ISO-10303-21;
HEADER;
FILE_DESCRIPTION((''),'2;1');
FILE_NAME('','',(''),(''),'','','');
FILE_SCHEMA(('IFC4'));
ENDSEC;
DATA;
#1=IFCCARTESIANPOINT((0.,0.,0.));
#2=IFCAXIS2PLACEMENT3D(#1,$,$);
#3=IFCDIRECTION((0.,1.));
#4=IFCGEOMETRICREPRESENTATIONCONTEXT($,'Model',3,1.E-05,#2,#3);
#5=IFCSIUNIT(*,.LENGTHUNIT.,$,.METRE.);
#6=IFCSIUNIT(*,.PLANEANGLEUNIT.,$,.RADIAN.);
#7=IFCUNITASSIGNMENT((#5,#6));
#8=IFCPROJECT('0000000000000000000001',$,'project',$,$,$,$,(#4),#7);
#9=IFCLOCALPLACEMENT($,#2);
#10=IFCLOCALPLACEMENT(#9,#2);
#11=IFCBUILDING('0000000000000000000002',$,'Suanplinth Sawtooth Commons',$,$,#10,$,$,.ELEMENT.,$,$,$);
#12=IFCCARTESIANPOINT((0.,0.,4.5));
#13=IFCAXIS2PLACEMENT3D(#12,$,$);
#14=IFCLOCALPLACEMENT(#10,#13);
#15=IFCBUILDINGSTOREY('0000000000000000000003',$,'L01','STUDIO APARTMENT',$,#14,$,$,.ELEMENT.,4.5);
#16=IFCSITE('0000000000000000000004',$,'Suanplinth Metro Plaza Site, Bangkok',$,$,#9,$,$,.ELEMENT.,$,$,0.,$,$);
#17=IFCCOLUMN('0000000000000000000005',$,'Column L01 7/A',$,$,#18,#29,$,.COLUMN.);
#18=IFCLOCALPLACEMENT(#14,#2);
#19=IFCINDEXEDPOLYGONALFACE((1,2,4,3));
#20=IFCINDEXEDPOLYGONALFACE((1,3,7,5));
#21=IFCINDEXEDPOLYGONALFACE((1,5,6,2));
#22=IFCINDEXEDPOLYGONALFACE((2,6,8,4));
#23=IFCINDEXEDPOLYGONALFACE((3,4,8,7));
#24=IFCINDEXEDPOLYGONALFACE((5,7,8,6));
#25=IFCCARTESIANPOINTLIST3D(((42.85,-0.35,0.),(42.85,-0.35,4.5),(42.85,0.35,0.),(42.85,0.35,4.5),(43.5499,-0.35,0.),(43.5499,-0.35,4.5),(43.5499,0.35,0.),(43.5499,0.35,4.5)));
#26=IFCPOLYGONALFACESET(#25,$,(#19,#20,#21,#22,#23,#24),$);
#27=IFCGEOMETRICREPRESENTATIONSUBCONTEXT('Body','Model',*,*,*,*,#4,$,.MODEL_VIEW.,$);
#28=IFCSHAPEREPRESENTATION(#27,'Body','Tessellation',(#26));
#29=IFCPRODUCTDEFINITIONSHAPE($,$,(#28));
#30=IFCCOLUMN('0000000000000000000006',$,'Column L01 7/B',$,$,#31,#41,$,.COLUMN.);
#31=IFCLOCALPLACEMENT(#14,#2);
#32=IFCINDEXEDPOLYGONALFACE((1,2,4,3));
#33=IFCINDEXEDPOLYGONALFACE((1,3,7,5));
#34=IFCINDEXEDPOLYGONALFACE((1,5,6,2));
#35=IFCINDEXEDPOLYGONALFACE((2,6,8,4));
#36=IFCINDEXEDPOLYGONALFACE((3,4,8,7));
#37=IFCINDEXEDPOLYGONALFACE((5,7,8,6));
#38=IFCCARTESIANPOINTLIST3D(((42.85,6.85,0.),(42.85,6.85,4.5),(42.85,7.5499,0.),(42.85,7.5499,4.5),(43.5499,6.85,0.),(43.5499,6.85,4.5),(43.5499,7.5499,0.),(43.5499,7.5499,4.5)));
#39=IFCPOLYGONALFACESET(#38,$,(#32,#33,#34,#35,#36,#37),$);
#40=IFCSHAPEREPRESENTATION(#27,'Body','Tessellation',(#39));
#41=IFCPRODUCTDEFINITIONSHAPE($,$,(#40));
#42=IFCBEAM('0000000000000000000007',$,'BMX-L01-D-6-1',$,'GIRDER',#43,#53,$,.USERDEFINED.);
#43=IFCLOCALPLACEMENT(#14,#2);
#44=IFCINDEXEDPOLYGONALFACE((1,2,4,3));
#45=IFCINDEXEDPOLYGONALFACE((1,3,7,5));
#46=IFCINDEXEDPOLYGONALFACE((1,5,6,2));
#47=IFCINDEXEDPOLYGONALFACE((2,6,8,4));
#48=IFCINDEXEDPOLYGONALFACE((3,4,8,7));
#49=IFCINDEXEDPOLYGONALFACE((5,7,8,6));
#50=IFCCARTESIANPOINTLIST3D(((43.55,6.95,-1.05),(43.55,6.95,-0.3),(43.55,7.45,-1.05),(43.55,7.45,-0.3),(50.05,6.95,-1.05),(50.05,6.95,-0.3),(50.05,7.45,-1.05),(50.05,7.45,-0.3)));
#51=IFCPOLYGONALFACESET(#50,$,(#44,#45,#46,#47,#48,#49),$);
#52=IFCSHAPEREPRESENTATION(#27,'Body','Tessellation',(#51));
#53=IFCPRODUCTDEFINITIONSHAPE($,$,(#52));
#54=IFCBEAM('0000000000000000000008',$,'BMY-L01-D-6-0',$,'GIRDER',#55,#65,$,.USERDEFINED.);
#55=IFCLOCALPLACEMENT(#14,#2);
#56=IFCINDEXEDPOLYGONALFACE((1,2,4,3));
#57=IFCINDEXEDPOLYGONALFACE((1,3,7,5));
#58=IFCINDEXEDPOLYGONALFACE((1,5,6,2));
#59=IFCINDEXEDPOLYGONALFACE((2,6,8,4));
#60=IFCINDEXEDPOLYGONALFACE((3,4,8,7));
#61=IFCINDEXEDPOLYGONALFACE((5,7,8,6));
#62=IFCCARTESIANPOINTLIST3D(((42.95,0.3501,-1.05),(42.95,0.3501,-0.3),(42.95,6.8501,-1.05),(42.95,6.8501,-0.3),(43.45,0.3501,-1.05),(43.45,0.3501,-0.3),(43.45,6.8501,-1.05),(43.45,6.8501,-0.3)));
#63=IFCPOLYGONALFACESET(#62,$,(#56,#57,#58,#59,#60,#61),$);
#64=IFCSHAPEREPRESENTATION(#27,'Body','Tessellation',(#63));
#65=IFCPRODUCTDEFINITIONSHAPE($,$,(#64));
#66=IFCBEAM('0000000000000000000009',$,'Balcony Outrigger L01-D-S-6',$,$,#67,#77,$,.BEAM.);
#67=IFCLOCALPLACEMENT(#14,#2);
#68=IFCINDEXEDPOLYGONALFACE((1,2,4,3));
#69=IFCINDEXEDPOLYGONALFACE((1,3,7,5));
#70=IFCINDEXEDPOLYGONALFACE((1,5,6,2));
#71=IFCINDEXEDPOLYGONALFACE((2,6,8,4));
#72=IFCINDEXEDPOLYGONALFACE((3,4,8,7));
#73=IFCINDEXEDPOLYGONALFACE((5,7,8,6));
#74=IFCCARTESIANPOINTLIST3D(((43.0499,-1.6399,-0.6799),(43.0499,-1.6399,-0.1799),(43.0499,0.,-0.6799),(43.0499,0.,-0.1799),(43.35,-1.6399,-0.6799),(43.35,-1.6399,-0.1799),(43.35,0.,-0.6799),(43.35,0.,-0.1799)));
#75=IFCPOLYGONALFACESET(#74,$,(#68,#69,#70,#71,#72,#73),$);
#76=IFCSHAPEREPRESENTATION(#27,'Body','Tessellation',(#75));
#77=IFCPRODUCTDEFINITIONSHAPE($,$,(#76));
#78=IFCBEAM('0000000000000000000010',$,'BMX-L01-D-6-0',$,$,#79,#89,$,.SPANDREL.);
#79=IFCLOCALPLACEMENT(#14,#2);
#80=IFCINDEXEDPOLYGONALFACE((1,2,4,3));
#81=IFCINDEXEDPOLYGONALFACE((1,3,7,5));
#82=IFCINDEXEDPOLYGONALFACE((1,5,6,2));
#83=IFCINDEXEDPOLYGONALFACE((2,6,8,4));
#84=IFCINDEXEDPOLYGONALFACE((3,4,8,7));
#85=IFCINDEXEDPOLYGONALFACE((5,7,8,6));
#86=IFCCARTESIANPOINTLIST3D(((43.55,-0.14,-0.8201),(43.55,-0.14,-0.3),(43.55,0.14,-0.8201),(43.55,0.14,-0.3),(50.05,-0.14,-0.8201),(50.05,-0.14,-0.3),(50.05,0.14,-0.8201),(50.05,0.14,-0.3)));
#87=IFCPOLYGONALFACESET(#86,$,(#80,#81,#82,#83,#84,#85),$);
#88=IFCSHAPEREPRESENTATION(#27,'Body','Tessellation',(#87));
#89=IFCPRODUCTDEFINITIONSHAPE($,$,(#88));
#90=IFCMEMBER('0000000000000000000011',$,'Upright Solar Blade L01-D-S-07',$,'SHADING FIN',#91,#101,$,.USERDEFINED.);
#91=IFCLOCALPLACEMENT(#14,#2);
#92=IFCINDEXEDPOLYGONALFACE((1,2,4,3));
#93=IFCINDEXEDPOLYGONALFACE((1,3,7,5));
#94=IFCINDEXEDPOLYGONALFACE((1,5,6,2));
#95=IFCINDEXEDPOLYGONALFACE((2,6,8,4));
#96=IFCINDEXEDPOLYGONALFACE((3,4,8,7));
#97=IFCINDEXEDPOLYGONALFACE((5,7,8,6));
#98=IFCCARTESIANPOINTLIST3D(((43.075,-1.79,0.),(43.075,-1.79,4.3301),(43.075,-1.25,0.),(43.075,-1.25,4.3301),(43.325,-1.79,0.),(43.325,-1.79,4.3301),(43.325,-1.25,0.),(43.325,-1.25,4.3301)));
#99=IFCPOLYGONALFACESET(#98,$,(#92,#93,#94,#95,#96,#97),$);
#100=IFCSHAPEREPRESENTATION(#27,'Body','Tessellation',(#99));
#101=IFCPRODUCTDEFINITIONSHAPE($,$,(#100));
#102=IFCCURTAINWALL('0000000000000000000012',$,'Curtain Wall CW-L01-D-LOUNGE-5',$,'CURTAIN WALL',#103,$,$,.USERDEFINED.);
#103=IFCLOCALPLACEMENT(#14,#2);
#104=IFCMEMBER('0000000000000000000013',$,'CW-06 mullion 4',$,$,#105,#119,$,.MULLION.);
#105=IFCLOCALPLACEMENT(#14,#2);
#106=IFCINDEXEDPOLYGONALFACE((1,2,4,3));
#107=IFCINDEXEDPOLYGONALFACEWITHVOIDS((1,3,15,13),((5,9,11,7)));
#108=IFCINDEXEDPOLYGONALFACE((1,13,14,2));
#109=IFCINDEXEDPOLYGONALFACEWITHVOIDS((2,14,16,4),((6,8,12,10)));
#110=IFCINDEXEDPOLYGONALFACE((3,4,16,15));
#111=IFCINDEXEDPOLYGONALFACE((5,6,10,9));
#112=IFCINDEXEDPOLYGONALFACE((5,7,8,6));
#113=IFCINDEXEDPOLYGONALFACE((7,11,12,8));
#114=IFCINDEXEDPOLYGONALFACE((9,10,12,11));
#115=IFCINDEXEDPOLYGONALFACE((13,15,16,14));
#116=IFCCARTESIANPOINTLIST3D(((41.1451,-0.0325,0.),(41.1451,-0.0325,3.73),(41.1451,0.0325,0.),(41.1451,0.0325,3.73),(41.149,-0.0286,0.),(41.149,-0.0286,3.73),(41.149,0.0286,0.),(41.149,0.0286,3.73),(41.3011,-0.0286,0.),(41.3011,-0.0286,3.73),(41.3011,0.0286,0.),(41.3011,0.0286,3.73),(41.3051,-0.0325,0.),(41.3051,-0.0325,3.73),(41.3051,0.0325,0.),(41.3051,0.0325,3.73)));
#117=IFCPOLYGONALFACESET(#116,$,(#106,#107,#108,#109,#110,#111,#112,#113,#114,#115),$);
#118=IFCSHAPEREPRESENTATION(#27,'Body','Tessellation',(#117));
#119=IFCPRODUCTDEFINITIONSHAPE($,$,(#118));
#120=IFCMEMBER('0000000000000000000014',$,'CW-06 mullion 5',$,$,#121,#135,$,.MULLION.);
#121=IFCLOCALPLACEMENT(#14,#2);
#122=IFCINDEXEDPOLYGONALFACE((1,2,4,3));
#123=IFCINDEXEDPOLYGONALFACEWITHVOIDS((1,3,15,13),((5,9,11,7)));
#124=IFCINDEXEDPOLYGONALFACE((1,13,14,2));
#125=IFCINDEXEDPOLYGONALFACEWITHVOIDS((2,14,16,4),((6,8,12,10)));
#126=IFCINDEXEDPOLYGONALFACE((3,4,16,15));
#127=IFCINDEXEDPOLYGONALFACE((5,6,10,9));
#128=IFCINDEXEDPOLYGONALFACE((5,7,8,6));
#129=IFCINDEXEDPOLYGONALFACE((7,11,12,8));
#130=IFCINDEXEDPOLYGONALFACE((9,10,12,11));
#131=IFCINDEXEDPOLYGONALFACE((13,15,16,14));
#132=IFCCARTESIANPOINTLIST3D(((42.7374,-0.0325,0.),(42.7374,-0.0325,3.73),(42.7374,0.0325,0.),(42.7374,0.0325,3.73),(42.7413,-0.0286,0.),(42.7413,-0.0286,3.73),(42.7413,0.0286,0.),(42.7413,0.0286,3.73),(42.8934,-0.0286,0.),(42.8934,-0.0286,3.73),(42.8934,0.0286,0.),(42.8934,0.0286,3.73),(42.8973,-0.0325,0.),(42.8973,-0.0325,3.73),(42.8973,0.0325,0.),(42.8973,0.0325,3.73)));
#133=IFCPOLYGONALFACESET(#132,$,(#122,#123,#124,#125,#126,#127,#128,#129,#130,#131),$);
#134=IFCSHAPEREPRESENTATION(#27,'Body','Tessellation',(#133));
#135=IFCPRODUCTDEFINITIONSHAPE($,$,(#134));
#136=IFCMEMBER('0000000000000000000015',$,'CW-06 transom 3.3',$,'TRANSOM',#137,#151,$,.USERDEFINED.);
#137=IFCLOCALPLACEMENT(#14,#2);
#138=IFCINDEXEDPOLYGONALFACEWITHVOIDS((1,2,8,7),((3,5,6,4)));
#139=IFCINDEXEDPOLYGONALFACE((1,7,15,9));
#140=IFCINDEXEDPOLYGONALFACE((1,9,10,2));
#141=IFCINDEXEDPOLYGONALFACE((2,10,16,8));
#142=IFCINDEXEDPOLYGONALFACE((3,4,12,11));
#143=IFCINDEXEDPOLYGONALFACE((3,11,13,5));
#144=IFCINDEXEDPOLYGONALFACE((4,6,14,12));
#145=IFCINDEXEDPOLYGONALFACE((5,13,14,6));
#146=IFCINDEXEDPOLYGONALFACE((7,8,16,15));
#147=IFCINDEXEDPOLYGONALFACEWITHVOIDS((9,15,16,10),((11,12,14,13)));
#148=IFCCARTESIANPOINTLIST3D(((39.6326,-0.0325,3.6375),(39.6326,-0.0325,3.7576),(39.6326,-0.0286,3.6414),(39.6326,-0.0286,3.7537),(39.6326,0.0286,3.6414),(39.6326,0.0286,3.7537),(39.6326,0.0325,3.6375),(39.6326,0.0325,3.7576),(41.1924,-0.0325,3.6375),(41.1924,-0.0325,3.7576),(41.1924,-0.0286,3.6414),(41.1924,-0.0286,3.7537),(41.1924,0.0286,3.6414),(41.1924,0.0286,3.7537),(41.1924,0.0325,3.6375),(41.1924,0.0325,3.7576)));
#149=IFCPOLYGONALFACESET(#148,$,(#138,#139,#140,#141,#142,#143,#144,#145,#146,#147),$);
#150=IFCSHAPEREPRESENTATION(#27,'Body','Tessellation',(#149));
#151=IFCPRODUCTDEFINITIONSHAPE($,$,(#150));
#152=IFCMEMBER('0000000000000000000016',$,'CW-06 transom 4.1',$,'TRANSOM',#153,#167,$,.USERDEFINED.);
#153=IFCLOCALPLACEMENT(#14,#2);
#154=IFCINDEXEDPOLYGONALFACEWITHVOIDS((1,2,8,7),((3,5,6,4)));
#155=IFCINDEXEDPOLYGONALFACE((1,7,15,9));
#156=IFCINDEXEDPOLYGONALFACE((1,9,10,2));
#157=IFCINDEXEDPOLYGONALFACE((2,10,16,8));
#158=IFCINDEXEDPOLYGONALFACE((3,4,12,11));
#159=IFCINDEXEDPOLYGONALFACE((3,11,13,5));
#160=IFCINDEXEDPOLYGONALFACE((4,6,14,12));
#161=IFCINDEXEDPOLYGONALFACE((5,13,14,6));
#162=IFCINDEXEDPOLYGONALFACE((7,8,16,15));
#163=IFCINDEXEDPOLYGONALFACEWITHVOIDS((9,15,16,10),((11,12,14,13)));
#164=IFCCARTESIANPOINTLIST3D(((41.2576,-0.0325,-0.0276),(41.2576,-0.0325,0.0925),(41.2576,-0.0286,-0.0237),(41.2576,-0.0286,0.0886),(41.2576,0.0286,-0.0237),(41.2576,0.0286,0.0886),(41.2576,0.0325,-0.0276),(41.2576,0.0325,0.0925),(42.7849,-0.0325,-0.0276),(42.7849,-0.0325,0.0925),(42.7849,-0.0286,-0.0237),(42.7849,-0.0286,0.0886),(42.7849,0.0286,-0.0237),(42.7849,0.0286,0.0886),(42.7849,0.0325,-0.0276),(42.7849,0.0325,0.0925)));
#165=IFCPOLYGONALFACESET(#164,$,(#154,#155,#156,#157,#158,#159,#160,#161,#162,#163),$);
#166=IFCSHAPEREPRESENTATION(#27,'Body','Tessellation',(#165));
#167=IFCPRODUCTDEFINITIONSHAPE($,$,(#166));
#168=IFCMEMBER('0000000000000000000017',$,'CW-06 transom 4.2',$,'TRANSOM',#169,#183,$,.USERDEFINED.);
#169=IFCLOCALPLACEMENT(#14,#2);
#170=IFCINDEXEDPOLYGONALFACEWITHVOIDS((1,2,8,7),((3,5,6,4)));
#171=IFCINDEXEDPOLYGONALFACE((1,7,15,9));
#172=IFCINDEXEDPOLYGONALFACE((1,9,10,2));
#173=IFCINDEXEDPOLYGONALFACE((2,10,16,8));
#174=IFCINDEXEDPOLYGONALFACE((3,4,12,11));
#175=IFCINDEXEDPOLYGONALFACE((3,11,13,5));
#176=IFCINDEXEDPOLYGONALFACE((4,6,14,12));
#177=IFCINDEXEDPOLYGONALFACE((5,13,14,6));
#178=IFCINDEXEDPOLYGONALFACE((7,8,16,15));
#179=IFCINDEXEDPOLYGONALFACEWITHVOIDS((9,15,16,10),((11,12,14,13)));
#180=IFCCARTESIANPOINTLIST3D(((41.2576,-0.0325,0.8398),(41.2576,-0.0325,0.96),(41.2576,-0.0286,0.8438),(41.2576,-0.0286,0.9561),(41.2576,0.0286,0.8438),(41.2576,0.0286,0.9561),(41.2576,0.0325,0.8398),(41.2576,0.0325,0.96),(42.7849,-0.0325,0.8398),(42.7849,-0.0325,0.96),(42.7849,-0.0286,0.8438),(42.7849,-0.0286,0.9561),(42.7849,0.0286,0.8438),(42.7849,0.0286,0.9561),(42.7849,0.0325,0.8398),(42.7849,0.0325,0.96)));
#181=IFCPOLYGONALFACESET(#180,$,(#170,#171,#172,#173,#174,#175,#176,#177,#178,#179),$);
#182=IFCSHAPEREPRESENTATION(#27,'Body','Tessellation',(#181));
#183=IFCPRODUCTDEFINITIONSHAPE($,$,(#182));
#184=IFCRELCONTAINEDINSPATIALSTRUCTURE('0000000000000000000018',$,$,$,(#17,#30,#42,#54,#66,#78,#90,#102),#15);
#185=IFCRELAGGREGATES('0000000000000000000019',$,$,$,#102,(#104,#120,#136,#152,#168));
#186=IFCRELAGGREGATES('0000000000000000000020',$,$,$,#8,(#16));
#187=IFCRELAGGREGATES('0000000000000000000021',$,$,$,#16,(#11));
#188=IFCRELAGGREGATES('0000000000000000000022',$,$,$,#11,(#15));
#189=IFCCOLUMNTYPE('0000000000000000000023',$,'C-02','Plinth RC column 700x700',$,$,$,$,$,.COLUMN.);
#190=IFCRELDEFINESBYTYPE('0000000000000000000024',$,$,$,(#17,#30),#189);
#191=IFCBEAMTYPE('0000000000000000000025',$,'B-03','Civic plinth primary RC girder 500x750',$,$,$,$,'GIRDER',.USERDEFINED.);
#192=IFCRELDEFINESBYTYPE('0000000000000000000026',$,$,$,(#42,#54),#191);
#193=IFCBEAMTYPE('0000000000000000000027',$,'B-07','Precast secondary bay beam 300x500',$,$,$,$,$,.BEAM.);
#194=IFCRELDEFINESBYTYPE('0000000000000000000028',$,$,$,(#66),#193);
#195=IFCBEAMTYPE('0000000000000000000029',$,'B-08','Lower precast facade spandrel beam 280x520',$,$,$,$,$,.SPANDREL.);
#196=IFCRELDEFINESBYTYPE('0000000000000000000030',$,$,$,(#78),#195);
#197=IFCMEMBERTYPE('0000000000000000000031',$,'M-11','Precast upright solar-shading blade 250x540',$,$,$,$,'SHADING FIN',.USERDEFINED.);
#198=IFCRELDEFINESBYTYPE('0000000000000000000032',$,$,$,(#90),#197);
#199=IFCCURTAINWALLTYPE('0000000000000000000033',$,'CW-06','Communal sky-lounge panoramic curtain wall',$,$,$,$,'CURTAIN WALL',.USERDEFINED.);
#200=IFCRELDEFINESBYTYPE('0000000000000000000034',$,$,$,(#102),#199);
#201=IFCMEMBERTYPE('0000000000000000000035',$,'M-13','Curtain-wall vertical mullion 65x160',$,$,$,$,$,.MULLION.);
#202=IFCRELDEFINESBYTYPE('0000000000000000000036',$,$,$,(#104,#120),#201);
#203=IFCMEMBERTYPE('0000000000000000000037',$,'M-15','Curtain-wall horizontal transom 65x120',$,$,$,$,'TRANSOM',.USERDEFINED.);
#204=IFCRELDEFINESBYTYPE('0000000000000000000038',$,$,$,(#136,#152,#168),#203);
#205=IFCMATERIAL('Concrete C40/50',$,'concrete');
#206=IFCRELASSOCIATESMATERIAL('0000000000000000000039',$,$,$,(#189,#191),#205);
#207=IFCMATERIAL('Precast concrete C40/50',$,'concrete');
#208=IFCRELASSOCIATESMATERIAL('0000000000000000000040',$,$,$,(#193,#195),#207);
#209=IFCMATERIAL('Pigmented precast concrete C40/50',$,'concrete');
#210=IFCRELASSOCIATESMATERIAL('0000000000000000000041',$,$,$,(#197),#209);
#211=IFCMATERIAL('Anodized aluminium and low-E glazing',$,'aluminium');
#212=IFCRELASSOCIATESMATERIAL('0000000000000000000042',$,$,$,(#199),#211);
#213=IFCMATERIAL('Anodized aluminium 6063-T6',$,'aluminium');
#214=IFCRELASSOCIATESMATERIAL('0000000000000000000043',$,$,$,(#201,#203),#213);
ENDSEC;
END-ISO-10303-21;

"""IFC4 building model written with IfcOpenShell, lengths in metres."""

from ifc_helpers import new_model, si_unit, direction, frame, origin, origin_2d, place, context, subcontext, project, spatial, rectangle, hollow_rectangle, extrude, material, material_profile, profile_set, type_object, element, aggregate, save


model = new_model("IFC4")

# Units and contexts
model_context = context("Model", 3, precision=1e-05, world=origin(), true_north=direction((0.0, 1.0)))
body_context = subcontext(model_context, "Body", "Model", "MODEL_VIEW")
ifc_project = project(units=[si_unit("LENGTHUNIT", "METRE"), si_unit("PLANEANGLEUNIT", "RADIAN")], contexts=[model_context])

# Site, building, storey
site_placement = place(None, origin())
site = spatial("IfcSite", under=ifc_project, at=site_placement, Name="Suanplinth Metro Plaza Site, Bangkok", CompositionType="ELEMENT", RefElevation=0.0)
building_placement = place(site_placement, origin())
building = spatial("IfcBuilding", under=site, at=building_placement, Name="Suanplinth Sawtooth Commons", CompositionType="ELEMENT")
storey_placement = place(building_placement, frame((0.0, 0.0, 4.5)))
storey = spatial("IfcBuildingStorey", under=building, at=storey_placement, Name="L01", Description="STUDIO APARTMENT", CompositionType="ELEMENT", Elevation=4.5)

# Columns
ifc_material_1 = material(Name="Concrete C40/50", Category="concrete")
ifc_material_profile_1 = material_profile(ifc_material_1, rectangle(XDim=0.7, YDim=0.7, at=origin_2d()), Name="RC-COL 700x700")
ifc_profile_set_1 = profile_set([ifc_material_profile_1], Name="Concrete C40/50")
column_type = type_object("IfcColumnType", Name="C-02", Description="Plinth RC column 700x700", PredefinedType="COLUMN", material=ifc_profile_set_1)
for number, where, z_axis, x_axis, name in (
    (1, (43.2, 0.0, 0.0), (0.0, 0.0, 1.0), (1.0, 0.0, 0.0), "Column L01 7/A"),
    (2, (43.2, 7.2, 0.0), (0.0, 0.0, 1.0), (1.0, 0.0, 0.0), "Column L01 7/B"),
):
    element("IfcColumn", number, at=place(storey_placement, frame(where, z_axis=z_axis, x_axis=x_axis)), inside=storey, type_object=column_type, Name=name, PredefinedType="COLUMN", context=body_context, shape_type="SweptSolid", body=[
        extrude(rectangle(XDim=0.7, YDim=0.7, at=origin_2d()), origin(), (0.0, 0.0, 1.0), 4.5),
    ])

# Beams
ifc_material_profile_2 = material_profile(ifc_material_1, rectangle(XDim=0.5, YDim=0.75, at=origin_2d()), Name="RC-GDR 500x750")
ifc_profile_set_2 = profile_set([ifc_material_profile_2], Name="Concrete C40/50")
beam_type_1 = type_object("IfcBeamType", Name="B-03", Description="Civic plinth primary RC girder 500x750", ElementType="GIRDER", PredefinedType="USERDEFINED", material=ifc_profile_set_2)
for number, where, z_axis, x_axis, name in (
    (3, (43.55, 7.2, -0.675), (1.0, 0.0, 0.0), (0.0, 1.0, 0.0), "BMX-L01-D-6-1"),
    (4, (43.2, 0.3501, -0.675), (0.0, 1.0, 0.0), (-1.0, 0.0, 0.0), "BMY-L01-D-6-0"),
):
    element("IfcBeam", number, at=place(storey_placement, frame(where, z_axis=z_axis, x_axis=x_axis)), inside=storey, type_object=beam_type_1, Name=name, ObjectType="GIRDER", PredefinedType="USERDEFINED", context=body_context, shape_type="SweptSolid", body=[
        extrude(rectangle(XDim=0.5, YDim=0.75, at=origin_2d()), origin(), (0.0, 0.0, 1.0), 6.5),
    ])
ifc_material_2 = material(Name="Precast concrete C40/50", Category="concrete")
ifc_material_profile_3 = material_profile(ifc_material_2, rectangle(XDim=0.3, YDim=0.5, at=origin_2d()), Name="PC-BM 300x500")
ifc_profile_set_3 = profile_set([ifc_material_profile_3], Name="Precast concrete C40/50")
beam_type_2 = type_object("IfcBeamType", Name="B-07", Description="Precast secondary bay beam 300x500", PredefinedType="BEAM", material=ifc_profile_set_3)
beam_1_placement = place(storey_placement, frame((43.2, 0.0, -0.4299), z_axis=(0.0, -1.0, 0.0), x_axis=(1.0, 0.0, 0.0)))
element("IfcBeam", 5, at=beam_1_placement, inside=storey, type_object=beam_type_2, Name="Balcony Outrigger L01-D-S-6", PredefinedType="BEAM", context=body_context, shape_type="SweptSolid", body=[
    extrude(rectangle(XDim=0.3, YDim=0.5, at=origin_2d()), origin(), (0.0, 0.0, 1.0), 1.6399),
])
ifc_material_profile_4 = material_profile(ifc_material_2, rectangle(XDim=0.28, YDim=0.52, at=origin_2d()), Name="PC-SP 280x520")
ifc_profile_set_4 = profile_set([ifc_material_profile_4], Name="Precast concrete C40/50")
beam_type_3 = type_object("IfcBeamType", Name="B-08", Description="Lower precast facade spandrel beam 280x520", PredefinedType="SPANDREL", material=ifc_profile_set_4)
beam_2_placement = place(storey_placement, frame((43.55, 0.0, -0.5601), z_axis=(1.0, 0.0, 0.0), x_axis=(0.0, 1.0, 0.0)))
element("IfcBeam", 6, at=beam_2_placement, inside=storey, type_object=beam_type_3, Name="BMX-L01-D-6-0", PredefinedType="SPANDREL", context=body_context, shape_type="SweptSolid", body=[
    extrude(rectangle(XDim=0.28, YDim=0.52, at=origin_2d()), origin(), (0.0, 0.0, 1.0), 6.5),
])

# Member
ifc_material_3 = material(Name="Pigmented precast concrete C40/50", Category="concrete")
ifc_material_profile_5 = material_profile(ifc_material_3, rectangle(XDim=0.25, YDim=0.54, at=origin_2d()), Name="PC-FIN 250x540")
ifc_profile_set_5 = profile_set([ifc_material_profile_5], Name="Pigmented precast concrete C40/50")
member_type_1 = type_object("IfcMemberType", Name="M-11", Description="Precast upright solar-shading blade 250x540", ElementType="SHADING FIN", PredefinedType="USERDEFINED", material=ifc_profile_set_5)
member_1_placement = place(storey_placement, frame((43.2, -1.52, 0.0), z_axis=(0.0, 0.0, 1.0), x_axis=(1.0, 0.0, 0.0)))
element("IfcMember", 7, at=member_1_placement, inside=storey, type_object=member_type_1, Name="Upright Solar Blade L01-D-S-07", ObjectType="SHADING FIN", PredefinedType="USERDEFINED", context=body_context, shape_type="SweptSolid", body=[
    extrude(rectangle(XDim=0.25, YDim=0.54, at=origin_2d()), origin(), (0.0, 0.0, 1.0), 4.3301),
])

# Curtain wall, members
ifc_material_4 = material(Name="Anodized aluminium and low-E glazing", Category="aluminium")
curtain_wall_type = type_object("IfcCurtainWallType", Name="CW-06", Description="Communal sky-lounge panoramic curtain wall", ElementType="CURTAIN WALL", PredefinedType="USERDEFINED", material=ifc_material_4)
curtain_wall_placement = place(storey_placement, origin())
curtain_wall = element("IfcCurtainWall", 8, at=curtain_wall_placement, inside=storey, type_object=curtain_wall_type, Name="Curtain Wall CW-L01-D-LOUNGE-5", ObjectType="CURTAIN WALL", PredefinedType="USERDEFINED")
ifc_material_5 = material(Name="Anodized aluminium 6063-T6", Category="aluminium")
ifc_material_profile_6 = material_profile(ifc_material_5, hollow_rectangle(XDim=0.0649, YDim=0.1599, WallThickness=0.0039, at=origin_2d()), Name="ALU-MUL 65x160")
ifc_profile_set_6 = profile_set([ifc_material_profile_6], Name="Anodized aluminium 6063-T6")
member_type_2 = type_object("IfcMemberType", Name="M-13", Description="Curtain-wall vertical mullion 65x160", PredefinedType="MULLION", material=ifc_profile_set_6)
member_2_placement = place(storey_placement, frame((41.2251, 0.0, 0.0), z_axis=(0.0, 0.0, 1.0), x_axis=(0.0, 1.0, 0.0)))
member_2 = element("IfcMember", 9, at=member_2_placement, type_object=member_type_2, Name="CW-06 mullion 4", PredefinedType="MULLION", context=body_context, shape_type="SweptSolid", body=[
    extrude(hollow_rectangle(XDim=0.0649, YDim=0.1599, WallThickness=0.0039, at=origin_2d()), origin(), (0.0, 0.0, 1.0), 3.73),
])
member_3_placement = place(storey_placement, frame((42.8174, 0.0, 0.0), z_axis=(0.0, 0.0, 1.0), x_axis=(0.0, 1.0, 0.0)))
member_3 = element("IfcMember", 10, at=member_3_placement, type_object=member_type_2, Name="CW-06 mullion 5", PredefinedType="MULLION", context=body_context, shape_type="SweptSolid", body=[
    extrude(hollow_rectangle(XDim=0.0649, YDim=0.1599, WallThickness=0.0039, at=origin_2d()), origin(), (0.0, 0.0, 1.0), 3.73),
])
ifc_material_profile_7 = material_profile(ifc_material_5, hollow_rectangle(XDim=0.0649, YDim=0.1201, WallThickness=0.0039, at=origin_2d()), Name="ALU-TRN 65x120")
ifc_profile_set_7 = profile_set([ifc_material_profile_7], Name="Anodized aluminium 6063-T6")
member_type_3 = type_object("IfcMemberType", Name="M-15", Description="Curtain-wall horizontal transom 65x120", ElementType="TRANSOM", PredefinedType="USERDEFINED", material=ifc_profile_set_7)
member_4_placement = place(storey_placement, frame((39.6326, 0.0, 3.6975), z_axis=(1.0, 0.0, 0.0), x_axis=(0.0, 1.0, 0.0)))
member_4 = element("IfcMember", 11, at=member_4_placement, type_object=member_type_3, Name="CW-06 transom 3.3", ObjectType="TRANSOM", PredefinedType="USERDEFINED", context=body_context, shape_type="SweptSolid", body=[
    extrude(hollow_rectangle(XDim=0.0649, YDim=0.1201, WallThickness=0.0039, at=origin_2d()), origin(), (0.0, 0.0, 1.0), 1.5598),
])
member_5_placement = place(storey_placement, frame((41.2576, 0.0, 0.0325), z_axis=(1.0, 0.0, 0.0), x_axis=(0.0, 1.0, 0.0)))
member_5 = element("IfcMember", 12, at=member_5_placement, type_object=member_type_3, Name="CW-06 transom 4.1", ObjectType="TRANSOM", PredefinedType="USERDEFINED", context=body_context, shape_type="SweptSolid", body=[
    extrude(hollow_rectangle(XDim=0.0649, YDim=0.1201, WallThickness=0.0039, at=origin_2d()), origin(), (0.0, 0.0, 1.0), 1.5273),
])
member_6_placement = place(storey_placement, frame((41.2576, 0.0, 0.8999), z_axis=(1.0, 0.0, 0.0), x_axis=(0.0, 1.0, 0.0)))
member_6 = element("IfcMember", 13, at=member_6_placement, type_object=member_type_3, Name="CW-06 transom 4.2", ObjectType="TRANSOM", PredefinedType="USERDEFINED", context=body_context, shape_type="SweptSolid", body=[
    extrude(hollow_rectangle(XDim=0.0649, YDim=0.1201, WallThickness=0.0039, at=origin_2d()), origin(), (0.0, 0.0, 1.0), 1.5273),
])
aggregate(curtain_wall, [member_2, member_3, member_4, member_5, member_6])

save(model, "model.ifc")
